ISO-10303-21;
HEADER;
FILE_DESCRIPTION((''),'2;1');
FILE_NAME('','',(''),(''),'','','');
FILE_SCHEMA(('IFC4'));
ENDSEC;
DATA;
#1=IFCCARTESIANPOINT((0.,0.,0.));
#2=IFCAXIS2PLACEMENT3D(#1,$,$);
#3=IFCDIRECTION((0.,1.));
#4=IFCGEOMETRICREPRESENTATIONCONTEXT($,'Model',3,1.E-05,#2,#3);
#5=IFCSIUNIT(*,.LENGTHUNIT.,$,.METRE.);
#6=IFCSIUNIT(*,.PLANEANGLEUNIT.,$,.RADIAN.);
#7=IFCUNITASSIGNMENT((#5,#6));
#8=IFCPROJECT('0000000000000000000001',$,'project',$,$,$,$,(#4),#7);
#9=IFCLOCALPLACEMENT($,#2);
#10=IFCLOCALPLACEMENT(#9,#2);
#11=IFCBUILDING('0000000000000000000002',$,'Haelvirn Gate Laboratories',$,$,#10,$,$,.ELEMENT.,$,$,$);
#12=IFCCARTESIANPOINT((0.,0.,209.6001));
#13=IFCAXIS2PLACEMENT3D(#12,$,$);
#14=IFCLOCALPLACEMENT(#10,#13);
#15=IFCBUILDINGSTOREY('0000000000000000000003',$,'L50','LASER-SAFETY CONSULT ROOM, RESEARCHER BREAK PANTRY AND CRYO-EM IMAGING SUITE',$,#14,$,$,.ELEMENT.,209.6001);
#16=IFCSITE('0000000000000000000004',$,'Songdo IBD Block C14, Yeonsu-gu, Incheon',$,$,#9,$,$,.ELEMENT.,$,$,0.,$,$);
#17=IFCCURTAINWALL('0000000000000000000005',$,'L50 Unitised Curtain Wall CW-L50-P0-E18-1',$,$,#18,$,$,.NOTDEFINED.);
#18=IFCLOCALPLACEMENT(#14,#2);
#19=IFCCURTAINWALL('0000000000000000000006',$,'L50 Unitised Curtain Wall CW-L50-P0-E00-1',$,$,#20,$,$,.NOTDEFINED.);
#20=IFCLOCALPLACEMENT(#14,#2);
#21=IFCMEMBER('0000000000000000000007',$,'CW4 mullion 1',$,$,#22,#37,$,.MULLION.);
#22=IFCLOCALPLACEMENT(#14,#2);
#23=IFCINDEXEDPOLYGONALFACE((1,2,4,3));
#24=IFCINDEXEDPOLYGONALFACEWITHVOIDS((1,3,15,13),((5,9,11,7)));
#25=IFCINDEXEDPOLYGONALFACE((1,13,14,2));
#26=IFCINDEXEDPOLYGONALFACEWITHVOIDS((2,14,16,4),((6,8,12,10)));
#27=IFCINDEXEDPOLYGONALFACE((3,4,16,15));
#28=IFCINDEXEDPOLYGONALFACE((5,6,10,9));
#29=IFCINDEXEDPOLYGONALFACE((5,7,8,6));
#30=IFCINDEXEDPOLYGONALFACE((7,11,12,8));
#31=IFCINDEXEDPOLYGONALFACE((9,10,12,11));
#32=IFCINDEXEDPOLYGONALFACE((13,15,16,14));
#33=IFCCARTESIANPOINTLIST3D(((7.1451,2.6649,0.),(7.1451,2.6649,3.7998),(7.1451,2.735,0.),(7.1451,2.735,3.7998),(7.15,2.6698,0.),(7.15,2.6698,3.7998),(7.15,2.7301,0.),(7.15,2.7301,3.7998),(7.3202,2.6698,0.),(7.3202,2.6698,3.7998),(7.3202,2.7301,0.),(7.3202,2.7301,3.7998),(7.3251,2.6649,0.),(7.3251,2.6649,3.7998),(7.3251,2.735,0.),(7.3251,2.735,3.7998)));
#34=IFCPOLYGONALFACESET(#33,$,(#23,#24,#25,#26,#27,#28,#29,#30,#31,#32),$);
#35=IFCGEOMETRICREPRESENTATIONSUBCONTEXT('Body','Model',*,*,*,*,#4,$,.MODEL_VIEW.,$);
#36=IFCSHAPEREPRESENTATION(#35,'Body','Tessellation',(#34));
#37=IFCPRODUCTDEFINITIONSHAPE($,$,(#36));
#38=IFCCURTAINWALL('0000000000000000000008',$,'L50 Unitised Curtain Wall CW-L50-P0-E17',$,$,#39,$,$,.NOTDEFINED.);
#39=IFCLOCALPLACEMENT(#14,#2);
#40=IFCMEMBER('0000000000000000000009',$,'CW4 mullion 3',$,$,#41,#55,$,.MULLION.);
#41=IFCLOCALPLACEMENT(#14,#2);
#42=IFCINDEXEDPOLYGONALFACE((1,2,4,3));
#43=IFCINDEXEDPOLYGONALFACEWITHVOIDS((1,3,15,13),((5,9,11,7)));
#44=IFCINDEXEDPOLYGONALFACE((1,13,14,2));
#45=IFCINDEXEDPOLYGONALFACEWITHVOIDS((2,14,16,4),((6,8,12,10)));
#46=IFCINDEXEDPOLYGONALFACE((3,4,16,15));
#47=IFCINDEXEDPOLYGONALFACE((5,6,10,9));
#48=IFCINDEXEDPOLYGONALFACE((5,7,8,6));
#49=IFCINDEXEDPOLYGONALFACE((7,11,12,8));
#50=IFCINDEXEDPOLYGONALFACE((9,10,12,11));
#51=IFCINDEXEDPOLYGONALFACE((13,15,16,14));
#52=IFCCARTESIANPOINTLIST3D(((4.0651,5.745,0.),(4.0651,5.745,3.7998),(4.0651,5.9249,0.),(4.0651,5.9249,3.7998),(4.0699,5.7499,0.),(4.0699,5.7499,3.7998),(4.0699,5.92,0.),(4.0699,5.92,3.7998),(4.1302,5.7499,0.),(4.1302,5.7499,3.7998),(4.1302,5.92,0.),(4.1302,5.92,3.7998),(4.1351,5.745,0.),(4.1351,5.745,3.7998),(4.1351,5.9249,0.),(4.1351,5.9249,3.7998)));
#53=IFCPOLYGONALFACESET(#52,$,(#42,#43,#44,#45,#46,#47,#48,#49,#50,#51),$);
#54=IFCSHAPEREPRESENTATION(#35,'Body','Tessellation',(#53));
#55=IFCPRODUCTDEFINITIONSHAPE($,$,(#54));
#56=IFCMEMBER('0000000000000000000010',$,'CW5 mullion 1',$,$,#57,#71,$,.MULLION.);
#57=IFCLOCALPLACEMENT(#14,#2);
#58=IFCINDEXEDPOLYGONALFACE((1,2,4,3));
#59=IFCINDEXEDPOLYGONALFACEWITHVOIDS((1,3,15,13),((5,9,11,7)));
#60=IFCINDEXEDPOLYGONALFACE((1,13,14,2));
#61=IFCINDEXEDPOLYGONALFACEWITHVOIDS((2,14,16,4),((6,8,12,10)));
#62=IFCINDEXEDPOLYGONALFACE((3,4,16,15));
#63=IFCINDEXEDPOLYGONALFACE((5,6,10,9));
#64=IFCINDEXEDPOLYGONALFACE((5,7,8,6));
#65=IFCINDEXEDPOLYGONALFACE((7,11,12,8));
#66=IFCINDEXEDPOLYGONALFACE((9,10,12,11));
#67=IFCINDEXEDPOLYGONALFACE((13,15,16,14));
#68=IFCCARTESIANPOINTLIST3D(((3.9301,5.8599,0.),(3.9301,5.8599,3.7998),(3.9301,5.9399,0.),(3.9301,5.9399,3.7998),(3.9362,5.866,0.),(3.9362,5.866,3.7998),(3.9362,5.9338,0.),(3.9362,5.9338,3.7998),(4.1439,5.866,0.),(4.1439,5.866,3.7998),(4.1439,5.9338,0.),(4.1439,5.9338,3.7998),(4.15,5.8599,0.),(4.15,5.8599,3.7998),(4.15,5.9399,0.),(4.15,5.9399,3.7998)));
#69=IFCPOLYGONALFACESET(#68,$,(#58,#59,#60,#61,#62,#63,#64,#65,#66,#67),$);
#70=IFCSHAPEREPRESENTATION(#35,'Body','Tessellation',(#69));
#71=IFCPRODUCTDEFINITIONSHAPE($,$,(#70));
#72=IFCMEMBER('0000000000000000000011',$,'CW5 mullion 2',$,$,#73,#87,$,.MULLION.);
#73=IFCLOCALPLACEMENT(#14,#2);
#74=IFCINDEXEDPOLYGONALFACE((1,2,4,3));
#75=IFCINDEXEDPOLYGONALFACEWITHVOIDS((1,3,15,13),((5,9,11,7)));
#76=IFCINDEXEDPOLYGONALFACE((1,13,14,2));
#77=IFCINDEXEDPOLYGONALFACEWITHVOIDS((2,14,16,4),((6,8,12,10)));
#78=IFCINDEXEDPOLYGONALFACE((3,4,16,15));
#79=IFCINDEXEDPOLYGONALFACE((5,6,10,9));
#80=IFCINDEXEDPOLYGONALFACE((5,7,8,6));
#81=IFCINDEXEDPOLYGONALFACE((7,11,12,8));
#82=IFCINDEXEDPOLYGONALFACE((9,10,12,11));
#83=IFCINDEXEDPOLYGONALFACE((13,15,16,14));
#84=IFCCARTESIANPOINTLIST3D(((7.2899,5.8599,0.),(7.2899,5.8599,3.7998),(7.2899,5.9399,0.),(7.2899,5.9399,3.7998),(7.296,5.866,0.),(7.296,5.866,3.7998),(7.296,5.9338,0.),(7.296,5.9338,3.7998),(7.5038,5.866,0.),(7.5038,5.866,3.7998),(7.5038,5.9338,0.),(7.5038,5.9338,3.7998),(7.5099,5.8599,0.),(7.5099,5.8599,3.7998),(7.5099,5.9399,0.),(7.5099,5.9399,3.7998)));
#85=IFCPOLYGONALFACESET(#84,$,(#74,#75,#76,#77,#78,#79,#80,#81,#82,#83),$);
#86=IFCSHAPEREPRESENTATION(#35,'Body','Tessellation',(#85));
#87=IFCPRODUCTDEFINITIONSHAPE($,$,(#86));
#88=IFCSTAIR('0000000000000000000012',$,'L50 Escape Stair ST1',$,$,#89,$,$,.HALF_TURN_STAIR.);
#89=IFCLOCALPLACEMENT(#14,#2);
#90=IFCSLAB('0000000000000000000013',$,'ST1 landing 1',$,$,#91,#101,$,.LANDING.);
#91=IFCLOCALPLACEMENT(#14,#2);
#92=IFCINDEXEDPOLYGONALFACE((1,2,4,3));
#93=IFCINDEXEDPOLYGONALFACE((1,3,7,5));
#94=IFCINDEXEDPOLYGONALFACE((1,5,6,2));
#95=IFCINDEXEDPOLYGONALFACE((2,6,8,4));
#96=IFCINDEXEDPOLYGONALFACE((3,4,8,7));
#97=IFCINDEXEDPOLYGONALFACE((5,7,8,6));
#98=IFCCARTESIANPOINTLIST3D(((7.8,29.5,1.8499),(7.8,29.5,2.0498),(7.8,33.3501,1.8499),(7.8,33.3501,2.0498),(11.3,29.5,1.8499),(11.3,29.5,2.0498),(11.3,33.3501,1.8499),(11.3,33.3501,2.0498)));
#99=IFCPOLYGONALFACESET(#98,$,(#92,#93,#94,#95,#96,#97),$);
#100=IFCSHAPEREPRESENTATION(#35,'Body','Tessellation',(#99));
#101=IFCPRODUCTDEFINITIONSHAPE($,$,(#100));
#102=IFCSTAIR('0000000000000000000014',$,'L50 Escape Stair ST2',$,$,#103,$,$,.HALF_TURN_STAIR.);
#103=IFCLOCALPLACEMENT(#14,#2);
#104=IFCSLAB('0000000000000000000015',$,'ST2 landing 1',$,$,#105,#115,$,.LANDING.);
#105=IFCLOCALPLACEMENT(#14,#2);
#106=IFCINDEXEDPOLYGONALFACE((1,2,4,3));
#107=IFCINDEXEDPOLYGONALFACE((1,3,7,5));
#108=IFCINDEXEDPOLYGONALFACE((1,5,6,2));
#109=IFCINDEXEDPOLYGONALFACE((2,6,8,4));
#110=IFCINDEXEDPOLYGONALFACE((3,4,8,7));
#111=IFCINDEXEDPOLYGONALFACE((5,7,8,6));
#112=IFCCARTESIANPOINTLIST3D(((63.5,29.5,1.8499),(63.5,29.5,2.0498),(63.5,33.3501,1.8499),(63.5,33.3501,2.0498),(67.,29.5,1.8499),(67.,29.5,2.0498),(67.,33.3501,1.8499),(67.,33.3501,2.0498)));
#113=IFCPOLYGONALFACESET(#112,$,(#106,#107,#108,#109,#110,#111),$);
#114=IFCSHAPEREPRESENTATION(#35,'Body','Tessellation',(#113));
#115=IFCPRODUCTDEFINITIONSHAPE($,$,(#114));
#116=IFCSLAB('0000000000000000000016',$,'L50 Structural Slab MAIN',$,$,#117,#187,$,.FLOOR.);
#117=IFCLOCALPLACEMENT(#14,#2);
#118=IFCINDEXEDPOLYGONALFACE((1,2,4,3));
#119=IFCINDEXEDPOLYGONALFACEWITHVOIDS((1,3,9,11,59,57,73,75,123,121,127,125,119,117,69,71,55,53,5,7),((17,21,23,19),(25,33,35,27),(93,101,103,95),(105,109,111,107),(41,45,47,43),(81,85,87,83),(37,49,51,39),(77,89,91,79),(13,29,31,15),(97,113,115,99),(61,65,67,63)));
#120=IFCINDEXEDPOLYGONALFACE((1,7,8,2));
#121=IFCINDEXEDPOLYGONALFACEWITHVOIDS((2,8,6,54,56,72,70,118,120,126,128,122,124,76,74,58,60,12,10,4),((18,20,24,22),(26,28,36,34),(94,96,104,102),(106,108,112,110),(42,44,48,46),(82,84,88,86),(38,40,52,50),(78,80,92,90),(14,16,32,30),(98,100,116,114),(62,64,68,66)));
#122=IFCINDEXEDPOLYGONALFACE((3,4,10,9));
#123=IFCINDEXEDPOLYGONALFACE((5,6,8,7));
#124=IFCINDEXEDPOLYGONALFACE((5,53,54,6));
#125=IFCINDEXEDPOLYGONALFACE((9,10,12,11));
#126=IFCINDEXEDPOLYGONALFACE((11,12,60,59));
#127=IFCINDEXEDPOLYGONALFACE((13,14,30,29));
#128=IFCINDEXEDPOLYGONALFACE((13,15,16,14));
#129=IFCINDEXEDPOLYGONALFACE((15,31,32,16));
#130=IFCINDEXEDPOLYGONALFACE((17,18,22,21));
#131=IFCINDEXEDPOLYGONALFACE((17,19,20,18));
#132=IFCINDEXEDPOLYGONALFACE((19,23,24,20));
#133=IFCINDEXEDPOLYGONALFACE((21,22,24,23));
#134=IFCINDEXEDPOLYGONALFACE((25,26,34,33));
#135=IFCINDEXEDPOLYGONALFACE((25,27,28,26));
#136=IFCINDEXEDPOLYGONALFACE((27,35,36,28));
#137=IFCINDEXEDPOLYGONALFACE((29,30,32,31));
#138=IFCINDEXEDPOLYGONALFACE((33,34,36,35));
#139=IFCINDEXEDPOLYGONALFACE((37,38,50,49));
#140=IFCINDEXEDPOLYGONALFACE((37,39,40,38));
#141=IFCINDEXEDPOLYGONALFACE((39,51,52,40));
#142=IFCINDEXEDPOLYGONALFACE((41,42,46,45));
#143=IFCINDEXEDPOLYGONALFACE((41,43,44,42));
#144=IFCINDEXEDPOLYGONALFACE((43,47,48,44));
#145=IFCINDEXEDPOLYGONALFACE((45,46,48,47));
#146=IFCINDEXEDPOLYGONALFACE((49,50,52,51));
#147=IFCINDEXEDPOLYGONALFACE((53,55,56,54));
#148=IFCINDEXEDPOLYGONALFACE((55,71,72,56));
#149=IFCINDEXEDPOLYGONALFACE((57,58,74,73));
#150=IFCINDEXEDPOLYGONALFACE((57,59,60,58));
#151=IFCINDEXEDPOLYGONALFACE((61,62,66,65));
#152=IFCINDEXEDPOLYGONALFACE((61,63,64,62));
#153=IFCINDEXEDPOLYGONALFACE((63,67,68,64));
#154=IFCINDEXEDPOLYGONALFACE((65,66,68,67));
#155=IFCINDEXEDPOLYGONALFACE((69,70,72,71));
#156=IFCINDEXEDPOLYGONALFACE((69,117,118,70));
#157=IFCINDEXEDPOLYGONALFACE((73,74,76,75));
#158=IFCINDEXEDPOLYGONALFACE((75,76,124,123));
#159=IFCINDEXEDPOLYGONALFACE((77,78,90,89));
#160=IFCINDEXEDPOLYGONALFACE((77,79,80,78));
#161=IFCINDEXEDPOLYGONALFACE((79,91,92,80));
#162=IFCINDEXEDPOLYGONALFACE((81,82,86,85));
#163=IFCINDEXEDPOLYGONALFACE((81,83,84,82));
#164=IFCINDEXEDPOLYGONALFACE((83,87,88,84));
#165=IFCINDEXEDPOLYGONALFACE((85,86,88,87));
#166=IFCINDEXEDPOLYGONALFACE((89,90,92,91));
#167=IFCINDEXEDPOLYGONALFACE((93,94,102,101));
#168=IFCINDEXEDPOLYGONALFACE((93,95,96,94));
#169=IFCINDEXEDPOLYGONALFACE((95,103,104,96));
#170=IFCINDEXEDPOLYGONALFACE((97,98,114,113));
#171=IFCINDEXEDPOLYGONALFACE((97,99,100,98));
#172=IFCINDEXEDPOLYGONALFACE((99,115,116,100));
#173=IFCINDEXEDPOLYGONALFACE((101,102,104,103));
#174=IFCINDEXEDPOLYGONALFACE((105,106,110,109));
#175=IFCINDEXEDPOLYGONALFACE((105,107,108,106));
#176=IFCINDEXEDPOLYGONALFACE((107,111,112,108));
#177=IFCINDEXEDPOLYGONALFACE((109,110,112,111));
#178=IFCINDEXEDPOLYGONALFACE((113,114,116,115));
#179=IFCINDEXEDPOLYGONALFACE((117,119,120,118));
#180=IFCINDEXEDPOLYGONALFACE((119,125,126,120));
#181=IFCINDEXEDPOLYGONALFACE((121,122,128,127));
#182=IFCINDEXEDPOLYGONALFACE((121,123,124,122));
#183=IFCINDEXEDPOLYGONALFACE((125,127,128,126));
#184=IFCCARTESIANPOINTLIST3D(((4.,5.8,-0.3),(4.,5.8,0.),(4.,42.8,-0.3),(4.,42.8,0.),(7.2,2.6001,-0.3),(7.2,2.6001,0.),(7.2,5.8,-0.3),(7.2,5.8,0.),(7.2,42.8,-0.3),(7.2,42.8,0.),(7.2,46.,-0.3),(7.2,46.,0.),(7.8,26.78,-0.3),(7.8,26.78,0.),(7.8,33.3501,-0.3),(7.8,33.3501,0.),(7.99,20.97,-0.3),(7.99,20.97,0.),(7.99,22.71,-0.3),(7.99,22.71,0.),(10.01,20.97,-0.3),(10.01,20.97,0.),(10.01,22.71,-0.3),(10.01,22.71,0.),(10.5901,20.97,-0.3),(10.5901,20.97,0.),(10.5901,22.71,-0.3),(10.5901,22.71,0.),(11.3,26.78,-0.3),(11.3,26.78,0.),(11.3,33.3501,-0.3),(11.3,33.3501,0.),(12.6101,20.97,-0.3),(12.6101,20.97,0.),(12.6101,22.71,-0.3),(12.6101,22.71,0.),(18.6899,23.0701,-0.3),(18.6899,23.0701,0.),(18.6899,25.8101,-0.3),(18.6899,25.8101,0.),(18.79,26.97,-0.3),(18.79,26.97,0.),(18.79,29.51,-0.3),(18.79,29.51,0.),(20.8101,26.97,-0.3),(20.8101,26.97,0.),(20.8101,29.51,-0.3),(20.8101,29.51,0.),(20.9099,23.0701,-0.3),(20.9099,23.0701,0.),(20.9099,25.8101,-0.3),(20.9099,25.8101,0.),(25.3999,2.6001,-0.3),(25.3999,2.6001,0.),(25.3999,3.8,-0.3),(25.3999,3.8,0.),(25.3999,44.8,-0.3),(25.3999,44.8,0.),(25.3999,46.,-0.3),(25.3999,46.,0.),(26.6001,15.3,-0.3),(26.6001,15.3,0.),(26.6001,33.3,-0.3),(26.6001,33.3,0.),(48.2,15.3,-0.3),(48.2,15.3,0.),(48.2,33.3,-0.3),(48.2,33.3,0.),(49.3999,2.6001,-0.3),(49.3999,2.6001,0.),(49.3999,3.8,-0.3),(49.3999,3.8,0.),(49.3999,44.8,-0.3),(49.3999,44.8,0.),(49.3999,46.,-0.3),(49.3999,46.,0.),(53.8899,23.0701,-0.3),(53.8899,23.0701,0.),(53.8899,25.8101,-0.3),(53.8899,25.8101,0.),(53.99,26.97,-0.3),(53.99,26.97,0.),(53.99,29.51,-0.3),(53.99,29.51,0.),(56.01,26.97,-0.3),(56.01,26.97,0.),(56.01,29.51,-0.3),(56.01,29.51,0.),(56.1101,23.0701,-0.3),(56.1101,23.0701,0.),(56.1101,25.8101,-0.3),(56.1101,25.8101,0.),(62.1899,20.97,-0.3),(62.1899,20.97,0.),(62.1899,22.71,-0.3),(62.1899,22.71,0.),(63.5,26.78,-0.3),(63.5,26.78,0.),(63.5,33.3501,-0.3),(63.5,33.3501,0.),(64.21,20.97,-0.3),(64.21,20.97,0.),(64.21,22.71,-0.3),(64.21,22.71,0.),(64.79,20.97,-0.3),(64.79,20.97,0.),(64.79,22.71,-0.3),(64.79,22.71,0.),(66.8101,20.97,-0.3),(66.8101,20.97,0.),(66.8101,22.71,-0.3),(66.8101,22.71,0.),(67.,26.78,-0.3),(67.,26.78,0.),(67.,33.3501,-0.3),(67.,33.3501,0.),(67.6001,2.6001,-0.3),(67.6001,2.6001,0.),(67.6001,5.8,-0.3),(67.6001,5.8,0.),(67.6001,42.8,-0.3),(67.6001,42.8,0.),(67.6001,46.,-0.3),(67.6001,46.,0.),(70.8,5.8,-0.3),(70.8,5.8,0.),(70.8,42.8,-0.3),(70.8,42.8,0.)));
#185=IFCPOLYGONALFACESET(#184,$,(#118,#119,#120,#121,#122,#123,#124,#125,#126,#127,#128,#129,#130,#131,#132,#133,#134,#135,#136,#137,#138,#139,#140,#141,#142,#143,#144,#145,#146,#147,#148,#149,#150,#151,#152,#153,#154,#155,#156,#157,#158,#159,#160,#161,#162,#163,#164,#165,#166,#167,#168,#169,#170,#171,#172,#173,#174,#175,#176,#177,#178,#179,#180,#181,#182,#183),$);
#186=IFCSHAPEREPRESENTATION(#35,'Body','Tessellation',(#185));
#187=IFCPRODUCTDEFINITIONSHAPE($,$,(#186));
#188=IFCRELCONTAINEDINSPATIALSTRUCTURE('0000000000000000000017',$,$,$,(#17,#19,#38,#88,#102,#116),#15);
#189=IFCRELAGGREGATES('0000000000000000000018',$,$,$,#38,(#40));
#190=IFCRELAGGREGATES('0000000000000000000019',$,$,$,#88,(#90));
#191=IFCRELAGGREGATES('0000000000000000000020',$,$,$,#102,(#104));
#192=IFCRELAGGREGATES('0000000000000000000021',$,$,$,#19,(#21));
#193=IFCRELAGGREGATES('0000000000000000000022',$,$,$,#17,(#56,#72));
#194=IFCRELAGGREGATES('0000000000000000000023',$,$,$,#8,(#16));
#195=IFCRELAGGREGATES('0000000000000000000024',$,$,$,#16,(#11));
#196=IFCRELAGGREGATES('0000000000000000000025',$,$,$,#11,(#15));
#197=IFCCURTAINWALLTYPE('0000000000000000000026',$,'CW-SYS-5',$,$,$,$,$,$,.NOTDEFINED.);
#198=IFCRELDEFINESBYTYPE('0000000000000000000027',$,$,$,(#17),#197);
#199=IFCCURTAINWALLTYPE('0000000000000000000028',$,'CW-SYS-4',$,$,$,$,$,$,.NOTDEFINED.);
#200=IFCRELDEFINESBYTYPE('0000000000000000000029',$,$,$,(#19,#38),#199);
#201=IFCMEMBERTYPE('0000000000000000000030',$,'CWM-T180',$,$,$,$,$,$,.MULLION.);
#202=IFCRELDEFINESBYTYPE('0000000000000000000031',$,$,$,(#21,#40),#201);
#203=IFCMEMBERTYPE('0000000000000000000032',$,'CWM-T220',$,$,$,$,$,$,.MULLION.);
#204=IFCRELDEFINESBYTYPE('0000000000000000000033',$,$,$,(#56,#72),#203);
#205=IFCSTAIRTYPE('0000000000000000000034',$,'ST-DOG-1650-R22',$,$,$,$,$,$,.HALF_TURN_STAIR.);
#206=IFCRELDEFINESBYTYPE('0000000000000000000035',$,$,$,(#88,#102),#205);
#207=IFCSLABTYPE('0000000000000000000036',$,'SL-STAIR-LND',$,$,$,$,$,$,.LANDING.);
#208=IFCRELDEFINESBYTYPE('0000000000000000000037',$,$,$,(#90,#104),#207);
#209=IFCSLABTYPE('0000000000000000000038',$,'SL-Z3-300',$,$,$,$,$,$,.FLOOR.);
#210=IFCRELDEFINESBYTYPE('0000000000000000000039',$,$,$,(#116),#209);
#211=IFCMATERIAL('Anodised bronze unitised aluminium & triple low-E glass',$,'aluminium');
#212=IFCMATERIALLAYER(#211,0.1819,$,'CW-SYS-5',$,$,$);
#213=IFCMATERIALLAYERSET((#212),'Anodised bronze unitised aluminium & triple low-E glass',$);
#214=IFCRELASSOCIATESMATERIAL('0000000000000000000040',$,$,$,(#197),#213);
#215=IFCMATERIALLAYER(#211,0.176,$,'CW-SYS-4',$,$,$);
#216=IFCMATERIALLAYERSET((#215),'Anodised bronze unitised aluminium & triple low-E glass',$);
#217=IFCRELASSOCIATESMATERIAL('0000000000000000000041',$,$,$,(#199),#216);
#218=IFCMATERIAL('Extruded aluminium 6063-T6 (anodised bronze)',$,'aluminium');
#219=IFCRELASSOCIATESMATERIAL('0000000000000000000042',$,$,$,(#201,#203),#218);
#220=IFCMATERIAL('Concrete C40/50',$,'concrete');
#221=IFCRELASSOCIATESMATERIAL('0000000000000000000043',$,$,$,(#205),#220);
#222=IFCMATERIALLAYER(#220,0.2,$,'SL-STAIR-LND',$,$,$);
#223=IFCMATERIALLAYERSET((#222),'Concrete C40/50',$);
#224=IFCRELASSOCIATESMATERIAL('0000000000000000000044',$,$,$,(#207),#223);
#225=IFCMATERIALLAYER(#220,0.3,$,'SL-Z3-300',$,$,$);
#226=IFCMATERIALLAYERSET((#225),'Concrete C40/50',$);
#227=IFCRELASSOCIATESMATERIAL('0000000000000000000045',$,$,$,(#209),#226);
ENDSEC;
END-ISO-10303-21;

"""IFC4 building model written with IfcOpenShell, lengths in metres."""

from ifc_helpers import new_model, si_unit, direction, frame, origin, origin_2d, place, context, subcontext, project, spatial, polyline, hollow_rectangle, outline, extrude, source, transform, mapped, material, layer, layer_set, material_profile, profile_set, type_object, type_shapes, element, aggregate, save


model = new_model("IFC4")

# Units and contexts
model_context = context("Model", 3, precision=1e-05, world=origin(), true_north=direction((0.0, 1.0)))
body_context = subcontext(model_context, "Body", "Model", "MODEL_VIEW")
ifc_project = project(units=[si_unit("LENGTHUNIT", "METRE"), si_unit("PLANEANGLEUNIT", "RADIAN")], contexts=[model_context])

# Site, building, storey
site_placement = place(None, origin())
site = spatial("IfcSite", under=ifc_project, at=site_placement, Name="Songdo IBD Block C14, Yeonsu-gu, Incheon", CompositionType="ELEMENT", RefElevation=0.0)
building_placement = place(site_placement, origin())
building = spatial("IfcBuilding", under=site, at=building_placement, Name="Haelvirn Gate Laboratories", CompositionType="ELEMENT")
storey_placement = place(building_placement, frame((0.0, 0.0, 209.6001)))
storey = spatial("IfcBuildingStorey", under=building, at=storey_placement, Name="L50", Description="LASER-SAFETY CONSULT ROOM, RESEARCHER BREAK PANTRY AND CRYO-EM IMAGING SUITE", CompositionType="ELEMENT", Elevation=209.6001)

# Curtain walls, member
ifc_material_1 = material(Name="Anodised bronze unitised aluminium & triple low-E glass", Category="aluminium")
ifc_layer_1 = layer(ifc_material_1, 0.1819, Name="CW-SYS-5")
ifc_layer_set_1 = layer_set([ifc_layer_1], Name="Anodised bronze unitised aluminium & triple low-E glass")
curtain_wall_type_1 = type_object("IfcCurtainWallType", Name="CW-SYS-5", PredefinedType="NOTDEFINED", material=ifc_layer_set_1)
curtain_wall_1_placement = place(storey_placement, origin())
curtain_wall_1 = element("IfcCurtainWall", 1, at=curtain_wall_1_placement, inside=storey, type_object=curtain_wall_type_1, Name="L50 Unitised Curtain Wall CW-L50-P0-E18-1", PredefinedType="NOTDEFINED")
ifc_material_2 = material(Name="Extruded aluminium 6063-T6 (anodised bronze)", Category="aluminium")
ifc_layer_2 = layer(ifc_material_1, 0.176, Name="CW-SYS-4")
ifc_layer_set_2 = layer_set([ifc_layer_2], Name="Anodised bronze unitised aluminium & triple low-E glass")
curtain_wall_type_2 = type_object("IfcCurtainWallType", Name="CW-SYS-4", PredefinedType="NOTDEFINED", material=ifc_layer_set_2)
curtain_wall_2_placement = place(storey_placement, origin())
curtain_wall_2 = element("IfcCurtainWall", 2, at=curtain_wall_2_placement, inside=storey, type_object=curtain_wall_type_2, Name="L50 Unitised Curtain Wall CW-L50-P0-E00-1", PredefinedType="NOTDEFINED")
ifc_material_profile_1 = material_profile(ifc_material_2, hollow_rectangle(XDim=0.0701, YDim=0.1799, WallThickness=0.0049, at=origin_2d()), Name="CWM-180x70x5")
ifc_profile_set_1 = profile_set([ifc_material_profile_1], Name="Extruded aluminium 6063-T6 (anodised bronze)")
member_type_1 = type_object("IfcMemberType", Name="CWM-T180", PredefinedType="MULLION", material=ifc_profile_set_1)
shared_shape_1 = source(origin(), body_context, "Body", "SweptSolid", [
    extrude(hollow_rectangle(XDim=0.0701, YDim=0.1799, WallThickness=0.0049, at=origin_2d()), origin(), (0.0, 0.0, 1.0), 3.7998),
])
type_shapes(member_type_1, [shared_shape_1])
member_1_placement = place(storey_placement, frame((7.2351, 2.7, 0.0), z_axis=(0.0, 0.0, 1.0), x_axis=(0.0, 1.0, 0.0)))
member_1 = element("IfcMember", 3, at=member_1_placement, type_object=member_type_1, Name="CW4 mullion 1", PredefinedType="MULLION", context=body_context, shape_type="MappedRepresentation", body=[
    mapped(shared_shape_1, transform((0.0, 0.0, 0.0), scale=1.0)),
])

# Curtain wall, member
curtain_wall_3_placement = place(storey_placement, origin())
curtain_wall_3 = element("IfcCurtainWall", 4, at=curtain_wall_3_placement, inside=storey, type_object=curtain_wall_type_2, Name="L50 Unitised Curtain Wall CW-L50-P0-E17", PredefinedType="NOTDEFINED")
member_2_placement = place(storey_placement, frame((4.1001, 5.835, 0.0), z_axis=(0.0, 0.0, 1.0), x_axis=(1.0, 0.0, 0.0)))
member_2 = element("IfcMember", 5, at=member_2_placement, type_object=member_type_1, Name="CW4 mullion 3", PredefinedType="MULLION", context=body_context, shape_type="MappedRepresentation", body=[
    mapped(shared_shape_1, transform((0.0, 0.0, 0.0), scale=1.0)),
])
aggregate(curtain_wall_3, [member_2])

# Members
ifc_material_profile_2 = material_profile(ifc_material_2, hollow_rectangle(XDim=0.0801, YDim=0.22, WallThickness=0.0061, at=origin_2d()), Name="CWM-220x80x6")
ifc_profile_set_2 = profile_set([ifc_material_profile_2], Name="Extruded aluminium 6063-T6 (anodised bronze)")
member_type_2 = type_object("IfcMemberType", Name="CWM-T220", PredefinedType="MULLION", material=ifc_profile_set_2)
shared_shape_2 = source(origin(), body_context, "Body", "SweptSolid", [
    extrude(hollow_rectangle(XDim=0.0801, YDim=0.22, WallThickness=0.0061, at=origin_2d()), origin(), (0.0, 0.0, 1.0), 3.7998),
])
type_shapes(member_type_2, [shared_shape_2])
member_3_placement = place(storey_placement, frame((4.04, 5.8999, 0.0), z_axis=(0.0, 0.0, 1.0), x_axis=(0.0, 1.0, 0.0)))
member_3 = element("IfcMember", 6, at=member_3_placement, type_object=member_type_2, Name="CW5 mullion 1", PredefinedType="MULLION", context=body_context, shape_type="MappedRepresentation", body=[
    mapped(shared_shape_2, transform((0.0, 0.0, 0.0), scale=1.0)),
])
member_4_placement = place(storey_placement, frame((7.3999, 5.8999, 0.0), z_axis=(0.0, 0.0, 1.0), x_axis=(0.0, 1.0, 0.0)))
member_4 = element("IfcMember", 7, at=member_4_placement, type_object=member_type_2, Name="CW5 mullion 2", PredefinedType="MULLION", context=body_context, shape_type="MappedRepresentation", body=[
    mapped(shared_shape_2, transform((0.0, 0.0, 0.0), scale=1.0)),
])

# Stairs, slabs
ifc_material_3 = material(Name="Concrete C40/50", Category="concrete")
stair_type = type_object("IfcStairType", Name="ST-DOG-1650-R22", PredefinedType="HALF_TURN_STAIR", material=ifc_material_3)
stair_1_placement = place(storey_placement, origin())
stair_1 = element("IfcStair", 8, at=stair_1_placement, inside=storey, type_object=stair_type, Name="L50 Escape Stair ST1", PredefinedType="HALF_TURN_STAIR")
ifc_layer_3 = layer(ifc_material_3, 0.2, Name="SL-STAIR-LND")
ifc_layer_set_3 = layer_set([ifc_layer_3], Name="Concrete C40/50")
slab_type_1 = type_object("IfcSlabType", Name="SL-STAIR-LND", PredefinedType="LANDING", material=ifc_layer_set_3)
slab_1_placement = place(storey_placement, frame((0.0, 0.0, 1.8499)))
slab_1 = element("IfcSlab", 9, at=slab_1_placement, type_object=slab_type_1, Name="ST1 landing 1", PredefinedType="LANDING", context=body_context, shape_type="SweptSolid", body=[
    extrude(outline(polyline([(11.3, 29.5), (11.3, 33.3501), (7.8, 33.3501), (7.8, 29.5), (11.3, 29.5)])), origin(), (0.0, 0.0, 1.0), 0.2),
])
aggregate(stair_1, [slab_1])
stair_2_placement = place(storey_placement, origin())
stair_2 = element("IfcStair", 10, at=stair_2_placement, inside=storey, type_object=stair_type, Name="L50 Escape Stair ST2", PredefinedType="HALF_TURN_STAIR")
slab_2_placement = place(storey_placement, frame((0.0, 0.0, 1.8499)))
slab_2 = element("IfcSlab", 11, at=slab_2_placement, type_object=slab_type_1, Name="ST2 landing 1", PredefinedType="LANDING", context=body_context, shape_type="SweptSolid", body=[
    extrude(outline(polyline([(67.0, 29.5), (67.0, 33.3501), (63.5, 33.3501), (63.5, 29.5), (67.0, 29.5)])), origin(), (0.0, 0.0, 1.0), 0.2),
])
aggregate(stair_2, [slab_2])

# Slab
ifc_layer_4 = layer(ifc_material_3, 0.3, Name="SL-Z3-300")
ifc_layer_set_4 = layer_set([ifc_layer_4], Name="Concrete C40/50")
slab_type_2 = type_object("IfcSlabType", Name="SL-Z3-300", PredefinedType="FLOOR", material=ifc_layer_set_4)
slab_3_placement = place(storey_placement, frame((0.0, 0.0, -0.3)))
element("IfcSlab", 12, at=slab_3_placement, inside=storey, type_object=slab_type_2, Name="L50 Structural Slab MAIN", PredefinedType="FLOOR", context=body_context, shape_type="SweptSolid", body=[
    extrude(outline(polyline([(7.2, 2.6001), (25.3999, 2.6001), (25.3999, 3.8), (49.3999, 3.8), (49.3999, 2.6001), (67.6001, 2.6001), (67.6001, 5.8), (70.8, 5.8), (70.8, 42.8), (67.6001, 42.8), (67.6001, 46.0), (49.3999, 46.0), (49.3999, 44.8), (25.3999, 44.8), (25.3999, 46.0), (7.2, 46.0), (7.2, 42.8), (4.0, 42.8), (4.0, 5.8), (7.2, 5.8), (7.2, 2.6001)]), holes=[polyline([(26.6001, 15.3), (48.2, 15.3), (48.2, 33.3), (26.6001, 33.3), (26.6001, 15.3)]), polyline([(11.3, 26.78), (11.3, 33.3501), (7.8, 33.3501), (7.8, 26.78), (11.3, 26.78)]), polyline([(67.0, 26.78), (67.0, 33.3501), (63.5, 33.3501), (63.5, 26.78), (67.0, 26.78)]), polyline([(7.99, 20.97), (10.01, 20.97), (10.01, 22.71), (7.99, 22.71), (7.99, 20.97)]), polyline([(10.5901, 20.97), (12.6101, 20.97), (12.6101, 22.71), (10.5901, 22.71), (10.5901, 20.97)]), polyline([(18.79, 26.97), (20.8101, 26.97), (20.8101, 29.51), (18.79, 29.51), (18.79, 26.97)]), polyline([(18.6899, 23.0701), (20.9099, 23.0701), (20.9099, 25.8101), (18.6899, 25.8101), (18.6899, 23.0701)]), polyline([(64.79, 20.97), (66.8101, 20.97), (66.8101, 22.71), (64.79, 22.71), (64.79, 20.97)]), polyline([(62.1899, 20.97), (64.21, 20.97), (64.21, 22.71), (62.1899, 22.71), (62.1899, 20.97)]), polyline([(53.99, 26.97), (56.01, 26.97), (56.01, 29.51), (53.99, 29.51), (53.99, 26.97)]), polyline([(53.8899, 23.0701), (56.1101, 23.0701), (56.1101, 25.8101), (53.8899, 25.8101), (53.8899, 23.0701)])]), origin(), (0.0, 0.0, 1.0), 0.3),
])

aggregate(curtain_wall_2, [member_1])
aggregate(curtain_wall_1, [member_3, member_4])

save(model, "model.ifc")
